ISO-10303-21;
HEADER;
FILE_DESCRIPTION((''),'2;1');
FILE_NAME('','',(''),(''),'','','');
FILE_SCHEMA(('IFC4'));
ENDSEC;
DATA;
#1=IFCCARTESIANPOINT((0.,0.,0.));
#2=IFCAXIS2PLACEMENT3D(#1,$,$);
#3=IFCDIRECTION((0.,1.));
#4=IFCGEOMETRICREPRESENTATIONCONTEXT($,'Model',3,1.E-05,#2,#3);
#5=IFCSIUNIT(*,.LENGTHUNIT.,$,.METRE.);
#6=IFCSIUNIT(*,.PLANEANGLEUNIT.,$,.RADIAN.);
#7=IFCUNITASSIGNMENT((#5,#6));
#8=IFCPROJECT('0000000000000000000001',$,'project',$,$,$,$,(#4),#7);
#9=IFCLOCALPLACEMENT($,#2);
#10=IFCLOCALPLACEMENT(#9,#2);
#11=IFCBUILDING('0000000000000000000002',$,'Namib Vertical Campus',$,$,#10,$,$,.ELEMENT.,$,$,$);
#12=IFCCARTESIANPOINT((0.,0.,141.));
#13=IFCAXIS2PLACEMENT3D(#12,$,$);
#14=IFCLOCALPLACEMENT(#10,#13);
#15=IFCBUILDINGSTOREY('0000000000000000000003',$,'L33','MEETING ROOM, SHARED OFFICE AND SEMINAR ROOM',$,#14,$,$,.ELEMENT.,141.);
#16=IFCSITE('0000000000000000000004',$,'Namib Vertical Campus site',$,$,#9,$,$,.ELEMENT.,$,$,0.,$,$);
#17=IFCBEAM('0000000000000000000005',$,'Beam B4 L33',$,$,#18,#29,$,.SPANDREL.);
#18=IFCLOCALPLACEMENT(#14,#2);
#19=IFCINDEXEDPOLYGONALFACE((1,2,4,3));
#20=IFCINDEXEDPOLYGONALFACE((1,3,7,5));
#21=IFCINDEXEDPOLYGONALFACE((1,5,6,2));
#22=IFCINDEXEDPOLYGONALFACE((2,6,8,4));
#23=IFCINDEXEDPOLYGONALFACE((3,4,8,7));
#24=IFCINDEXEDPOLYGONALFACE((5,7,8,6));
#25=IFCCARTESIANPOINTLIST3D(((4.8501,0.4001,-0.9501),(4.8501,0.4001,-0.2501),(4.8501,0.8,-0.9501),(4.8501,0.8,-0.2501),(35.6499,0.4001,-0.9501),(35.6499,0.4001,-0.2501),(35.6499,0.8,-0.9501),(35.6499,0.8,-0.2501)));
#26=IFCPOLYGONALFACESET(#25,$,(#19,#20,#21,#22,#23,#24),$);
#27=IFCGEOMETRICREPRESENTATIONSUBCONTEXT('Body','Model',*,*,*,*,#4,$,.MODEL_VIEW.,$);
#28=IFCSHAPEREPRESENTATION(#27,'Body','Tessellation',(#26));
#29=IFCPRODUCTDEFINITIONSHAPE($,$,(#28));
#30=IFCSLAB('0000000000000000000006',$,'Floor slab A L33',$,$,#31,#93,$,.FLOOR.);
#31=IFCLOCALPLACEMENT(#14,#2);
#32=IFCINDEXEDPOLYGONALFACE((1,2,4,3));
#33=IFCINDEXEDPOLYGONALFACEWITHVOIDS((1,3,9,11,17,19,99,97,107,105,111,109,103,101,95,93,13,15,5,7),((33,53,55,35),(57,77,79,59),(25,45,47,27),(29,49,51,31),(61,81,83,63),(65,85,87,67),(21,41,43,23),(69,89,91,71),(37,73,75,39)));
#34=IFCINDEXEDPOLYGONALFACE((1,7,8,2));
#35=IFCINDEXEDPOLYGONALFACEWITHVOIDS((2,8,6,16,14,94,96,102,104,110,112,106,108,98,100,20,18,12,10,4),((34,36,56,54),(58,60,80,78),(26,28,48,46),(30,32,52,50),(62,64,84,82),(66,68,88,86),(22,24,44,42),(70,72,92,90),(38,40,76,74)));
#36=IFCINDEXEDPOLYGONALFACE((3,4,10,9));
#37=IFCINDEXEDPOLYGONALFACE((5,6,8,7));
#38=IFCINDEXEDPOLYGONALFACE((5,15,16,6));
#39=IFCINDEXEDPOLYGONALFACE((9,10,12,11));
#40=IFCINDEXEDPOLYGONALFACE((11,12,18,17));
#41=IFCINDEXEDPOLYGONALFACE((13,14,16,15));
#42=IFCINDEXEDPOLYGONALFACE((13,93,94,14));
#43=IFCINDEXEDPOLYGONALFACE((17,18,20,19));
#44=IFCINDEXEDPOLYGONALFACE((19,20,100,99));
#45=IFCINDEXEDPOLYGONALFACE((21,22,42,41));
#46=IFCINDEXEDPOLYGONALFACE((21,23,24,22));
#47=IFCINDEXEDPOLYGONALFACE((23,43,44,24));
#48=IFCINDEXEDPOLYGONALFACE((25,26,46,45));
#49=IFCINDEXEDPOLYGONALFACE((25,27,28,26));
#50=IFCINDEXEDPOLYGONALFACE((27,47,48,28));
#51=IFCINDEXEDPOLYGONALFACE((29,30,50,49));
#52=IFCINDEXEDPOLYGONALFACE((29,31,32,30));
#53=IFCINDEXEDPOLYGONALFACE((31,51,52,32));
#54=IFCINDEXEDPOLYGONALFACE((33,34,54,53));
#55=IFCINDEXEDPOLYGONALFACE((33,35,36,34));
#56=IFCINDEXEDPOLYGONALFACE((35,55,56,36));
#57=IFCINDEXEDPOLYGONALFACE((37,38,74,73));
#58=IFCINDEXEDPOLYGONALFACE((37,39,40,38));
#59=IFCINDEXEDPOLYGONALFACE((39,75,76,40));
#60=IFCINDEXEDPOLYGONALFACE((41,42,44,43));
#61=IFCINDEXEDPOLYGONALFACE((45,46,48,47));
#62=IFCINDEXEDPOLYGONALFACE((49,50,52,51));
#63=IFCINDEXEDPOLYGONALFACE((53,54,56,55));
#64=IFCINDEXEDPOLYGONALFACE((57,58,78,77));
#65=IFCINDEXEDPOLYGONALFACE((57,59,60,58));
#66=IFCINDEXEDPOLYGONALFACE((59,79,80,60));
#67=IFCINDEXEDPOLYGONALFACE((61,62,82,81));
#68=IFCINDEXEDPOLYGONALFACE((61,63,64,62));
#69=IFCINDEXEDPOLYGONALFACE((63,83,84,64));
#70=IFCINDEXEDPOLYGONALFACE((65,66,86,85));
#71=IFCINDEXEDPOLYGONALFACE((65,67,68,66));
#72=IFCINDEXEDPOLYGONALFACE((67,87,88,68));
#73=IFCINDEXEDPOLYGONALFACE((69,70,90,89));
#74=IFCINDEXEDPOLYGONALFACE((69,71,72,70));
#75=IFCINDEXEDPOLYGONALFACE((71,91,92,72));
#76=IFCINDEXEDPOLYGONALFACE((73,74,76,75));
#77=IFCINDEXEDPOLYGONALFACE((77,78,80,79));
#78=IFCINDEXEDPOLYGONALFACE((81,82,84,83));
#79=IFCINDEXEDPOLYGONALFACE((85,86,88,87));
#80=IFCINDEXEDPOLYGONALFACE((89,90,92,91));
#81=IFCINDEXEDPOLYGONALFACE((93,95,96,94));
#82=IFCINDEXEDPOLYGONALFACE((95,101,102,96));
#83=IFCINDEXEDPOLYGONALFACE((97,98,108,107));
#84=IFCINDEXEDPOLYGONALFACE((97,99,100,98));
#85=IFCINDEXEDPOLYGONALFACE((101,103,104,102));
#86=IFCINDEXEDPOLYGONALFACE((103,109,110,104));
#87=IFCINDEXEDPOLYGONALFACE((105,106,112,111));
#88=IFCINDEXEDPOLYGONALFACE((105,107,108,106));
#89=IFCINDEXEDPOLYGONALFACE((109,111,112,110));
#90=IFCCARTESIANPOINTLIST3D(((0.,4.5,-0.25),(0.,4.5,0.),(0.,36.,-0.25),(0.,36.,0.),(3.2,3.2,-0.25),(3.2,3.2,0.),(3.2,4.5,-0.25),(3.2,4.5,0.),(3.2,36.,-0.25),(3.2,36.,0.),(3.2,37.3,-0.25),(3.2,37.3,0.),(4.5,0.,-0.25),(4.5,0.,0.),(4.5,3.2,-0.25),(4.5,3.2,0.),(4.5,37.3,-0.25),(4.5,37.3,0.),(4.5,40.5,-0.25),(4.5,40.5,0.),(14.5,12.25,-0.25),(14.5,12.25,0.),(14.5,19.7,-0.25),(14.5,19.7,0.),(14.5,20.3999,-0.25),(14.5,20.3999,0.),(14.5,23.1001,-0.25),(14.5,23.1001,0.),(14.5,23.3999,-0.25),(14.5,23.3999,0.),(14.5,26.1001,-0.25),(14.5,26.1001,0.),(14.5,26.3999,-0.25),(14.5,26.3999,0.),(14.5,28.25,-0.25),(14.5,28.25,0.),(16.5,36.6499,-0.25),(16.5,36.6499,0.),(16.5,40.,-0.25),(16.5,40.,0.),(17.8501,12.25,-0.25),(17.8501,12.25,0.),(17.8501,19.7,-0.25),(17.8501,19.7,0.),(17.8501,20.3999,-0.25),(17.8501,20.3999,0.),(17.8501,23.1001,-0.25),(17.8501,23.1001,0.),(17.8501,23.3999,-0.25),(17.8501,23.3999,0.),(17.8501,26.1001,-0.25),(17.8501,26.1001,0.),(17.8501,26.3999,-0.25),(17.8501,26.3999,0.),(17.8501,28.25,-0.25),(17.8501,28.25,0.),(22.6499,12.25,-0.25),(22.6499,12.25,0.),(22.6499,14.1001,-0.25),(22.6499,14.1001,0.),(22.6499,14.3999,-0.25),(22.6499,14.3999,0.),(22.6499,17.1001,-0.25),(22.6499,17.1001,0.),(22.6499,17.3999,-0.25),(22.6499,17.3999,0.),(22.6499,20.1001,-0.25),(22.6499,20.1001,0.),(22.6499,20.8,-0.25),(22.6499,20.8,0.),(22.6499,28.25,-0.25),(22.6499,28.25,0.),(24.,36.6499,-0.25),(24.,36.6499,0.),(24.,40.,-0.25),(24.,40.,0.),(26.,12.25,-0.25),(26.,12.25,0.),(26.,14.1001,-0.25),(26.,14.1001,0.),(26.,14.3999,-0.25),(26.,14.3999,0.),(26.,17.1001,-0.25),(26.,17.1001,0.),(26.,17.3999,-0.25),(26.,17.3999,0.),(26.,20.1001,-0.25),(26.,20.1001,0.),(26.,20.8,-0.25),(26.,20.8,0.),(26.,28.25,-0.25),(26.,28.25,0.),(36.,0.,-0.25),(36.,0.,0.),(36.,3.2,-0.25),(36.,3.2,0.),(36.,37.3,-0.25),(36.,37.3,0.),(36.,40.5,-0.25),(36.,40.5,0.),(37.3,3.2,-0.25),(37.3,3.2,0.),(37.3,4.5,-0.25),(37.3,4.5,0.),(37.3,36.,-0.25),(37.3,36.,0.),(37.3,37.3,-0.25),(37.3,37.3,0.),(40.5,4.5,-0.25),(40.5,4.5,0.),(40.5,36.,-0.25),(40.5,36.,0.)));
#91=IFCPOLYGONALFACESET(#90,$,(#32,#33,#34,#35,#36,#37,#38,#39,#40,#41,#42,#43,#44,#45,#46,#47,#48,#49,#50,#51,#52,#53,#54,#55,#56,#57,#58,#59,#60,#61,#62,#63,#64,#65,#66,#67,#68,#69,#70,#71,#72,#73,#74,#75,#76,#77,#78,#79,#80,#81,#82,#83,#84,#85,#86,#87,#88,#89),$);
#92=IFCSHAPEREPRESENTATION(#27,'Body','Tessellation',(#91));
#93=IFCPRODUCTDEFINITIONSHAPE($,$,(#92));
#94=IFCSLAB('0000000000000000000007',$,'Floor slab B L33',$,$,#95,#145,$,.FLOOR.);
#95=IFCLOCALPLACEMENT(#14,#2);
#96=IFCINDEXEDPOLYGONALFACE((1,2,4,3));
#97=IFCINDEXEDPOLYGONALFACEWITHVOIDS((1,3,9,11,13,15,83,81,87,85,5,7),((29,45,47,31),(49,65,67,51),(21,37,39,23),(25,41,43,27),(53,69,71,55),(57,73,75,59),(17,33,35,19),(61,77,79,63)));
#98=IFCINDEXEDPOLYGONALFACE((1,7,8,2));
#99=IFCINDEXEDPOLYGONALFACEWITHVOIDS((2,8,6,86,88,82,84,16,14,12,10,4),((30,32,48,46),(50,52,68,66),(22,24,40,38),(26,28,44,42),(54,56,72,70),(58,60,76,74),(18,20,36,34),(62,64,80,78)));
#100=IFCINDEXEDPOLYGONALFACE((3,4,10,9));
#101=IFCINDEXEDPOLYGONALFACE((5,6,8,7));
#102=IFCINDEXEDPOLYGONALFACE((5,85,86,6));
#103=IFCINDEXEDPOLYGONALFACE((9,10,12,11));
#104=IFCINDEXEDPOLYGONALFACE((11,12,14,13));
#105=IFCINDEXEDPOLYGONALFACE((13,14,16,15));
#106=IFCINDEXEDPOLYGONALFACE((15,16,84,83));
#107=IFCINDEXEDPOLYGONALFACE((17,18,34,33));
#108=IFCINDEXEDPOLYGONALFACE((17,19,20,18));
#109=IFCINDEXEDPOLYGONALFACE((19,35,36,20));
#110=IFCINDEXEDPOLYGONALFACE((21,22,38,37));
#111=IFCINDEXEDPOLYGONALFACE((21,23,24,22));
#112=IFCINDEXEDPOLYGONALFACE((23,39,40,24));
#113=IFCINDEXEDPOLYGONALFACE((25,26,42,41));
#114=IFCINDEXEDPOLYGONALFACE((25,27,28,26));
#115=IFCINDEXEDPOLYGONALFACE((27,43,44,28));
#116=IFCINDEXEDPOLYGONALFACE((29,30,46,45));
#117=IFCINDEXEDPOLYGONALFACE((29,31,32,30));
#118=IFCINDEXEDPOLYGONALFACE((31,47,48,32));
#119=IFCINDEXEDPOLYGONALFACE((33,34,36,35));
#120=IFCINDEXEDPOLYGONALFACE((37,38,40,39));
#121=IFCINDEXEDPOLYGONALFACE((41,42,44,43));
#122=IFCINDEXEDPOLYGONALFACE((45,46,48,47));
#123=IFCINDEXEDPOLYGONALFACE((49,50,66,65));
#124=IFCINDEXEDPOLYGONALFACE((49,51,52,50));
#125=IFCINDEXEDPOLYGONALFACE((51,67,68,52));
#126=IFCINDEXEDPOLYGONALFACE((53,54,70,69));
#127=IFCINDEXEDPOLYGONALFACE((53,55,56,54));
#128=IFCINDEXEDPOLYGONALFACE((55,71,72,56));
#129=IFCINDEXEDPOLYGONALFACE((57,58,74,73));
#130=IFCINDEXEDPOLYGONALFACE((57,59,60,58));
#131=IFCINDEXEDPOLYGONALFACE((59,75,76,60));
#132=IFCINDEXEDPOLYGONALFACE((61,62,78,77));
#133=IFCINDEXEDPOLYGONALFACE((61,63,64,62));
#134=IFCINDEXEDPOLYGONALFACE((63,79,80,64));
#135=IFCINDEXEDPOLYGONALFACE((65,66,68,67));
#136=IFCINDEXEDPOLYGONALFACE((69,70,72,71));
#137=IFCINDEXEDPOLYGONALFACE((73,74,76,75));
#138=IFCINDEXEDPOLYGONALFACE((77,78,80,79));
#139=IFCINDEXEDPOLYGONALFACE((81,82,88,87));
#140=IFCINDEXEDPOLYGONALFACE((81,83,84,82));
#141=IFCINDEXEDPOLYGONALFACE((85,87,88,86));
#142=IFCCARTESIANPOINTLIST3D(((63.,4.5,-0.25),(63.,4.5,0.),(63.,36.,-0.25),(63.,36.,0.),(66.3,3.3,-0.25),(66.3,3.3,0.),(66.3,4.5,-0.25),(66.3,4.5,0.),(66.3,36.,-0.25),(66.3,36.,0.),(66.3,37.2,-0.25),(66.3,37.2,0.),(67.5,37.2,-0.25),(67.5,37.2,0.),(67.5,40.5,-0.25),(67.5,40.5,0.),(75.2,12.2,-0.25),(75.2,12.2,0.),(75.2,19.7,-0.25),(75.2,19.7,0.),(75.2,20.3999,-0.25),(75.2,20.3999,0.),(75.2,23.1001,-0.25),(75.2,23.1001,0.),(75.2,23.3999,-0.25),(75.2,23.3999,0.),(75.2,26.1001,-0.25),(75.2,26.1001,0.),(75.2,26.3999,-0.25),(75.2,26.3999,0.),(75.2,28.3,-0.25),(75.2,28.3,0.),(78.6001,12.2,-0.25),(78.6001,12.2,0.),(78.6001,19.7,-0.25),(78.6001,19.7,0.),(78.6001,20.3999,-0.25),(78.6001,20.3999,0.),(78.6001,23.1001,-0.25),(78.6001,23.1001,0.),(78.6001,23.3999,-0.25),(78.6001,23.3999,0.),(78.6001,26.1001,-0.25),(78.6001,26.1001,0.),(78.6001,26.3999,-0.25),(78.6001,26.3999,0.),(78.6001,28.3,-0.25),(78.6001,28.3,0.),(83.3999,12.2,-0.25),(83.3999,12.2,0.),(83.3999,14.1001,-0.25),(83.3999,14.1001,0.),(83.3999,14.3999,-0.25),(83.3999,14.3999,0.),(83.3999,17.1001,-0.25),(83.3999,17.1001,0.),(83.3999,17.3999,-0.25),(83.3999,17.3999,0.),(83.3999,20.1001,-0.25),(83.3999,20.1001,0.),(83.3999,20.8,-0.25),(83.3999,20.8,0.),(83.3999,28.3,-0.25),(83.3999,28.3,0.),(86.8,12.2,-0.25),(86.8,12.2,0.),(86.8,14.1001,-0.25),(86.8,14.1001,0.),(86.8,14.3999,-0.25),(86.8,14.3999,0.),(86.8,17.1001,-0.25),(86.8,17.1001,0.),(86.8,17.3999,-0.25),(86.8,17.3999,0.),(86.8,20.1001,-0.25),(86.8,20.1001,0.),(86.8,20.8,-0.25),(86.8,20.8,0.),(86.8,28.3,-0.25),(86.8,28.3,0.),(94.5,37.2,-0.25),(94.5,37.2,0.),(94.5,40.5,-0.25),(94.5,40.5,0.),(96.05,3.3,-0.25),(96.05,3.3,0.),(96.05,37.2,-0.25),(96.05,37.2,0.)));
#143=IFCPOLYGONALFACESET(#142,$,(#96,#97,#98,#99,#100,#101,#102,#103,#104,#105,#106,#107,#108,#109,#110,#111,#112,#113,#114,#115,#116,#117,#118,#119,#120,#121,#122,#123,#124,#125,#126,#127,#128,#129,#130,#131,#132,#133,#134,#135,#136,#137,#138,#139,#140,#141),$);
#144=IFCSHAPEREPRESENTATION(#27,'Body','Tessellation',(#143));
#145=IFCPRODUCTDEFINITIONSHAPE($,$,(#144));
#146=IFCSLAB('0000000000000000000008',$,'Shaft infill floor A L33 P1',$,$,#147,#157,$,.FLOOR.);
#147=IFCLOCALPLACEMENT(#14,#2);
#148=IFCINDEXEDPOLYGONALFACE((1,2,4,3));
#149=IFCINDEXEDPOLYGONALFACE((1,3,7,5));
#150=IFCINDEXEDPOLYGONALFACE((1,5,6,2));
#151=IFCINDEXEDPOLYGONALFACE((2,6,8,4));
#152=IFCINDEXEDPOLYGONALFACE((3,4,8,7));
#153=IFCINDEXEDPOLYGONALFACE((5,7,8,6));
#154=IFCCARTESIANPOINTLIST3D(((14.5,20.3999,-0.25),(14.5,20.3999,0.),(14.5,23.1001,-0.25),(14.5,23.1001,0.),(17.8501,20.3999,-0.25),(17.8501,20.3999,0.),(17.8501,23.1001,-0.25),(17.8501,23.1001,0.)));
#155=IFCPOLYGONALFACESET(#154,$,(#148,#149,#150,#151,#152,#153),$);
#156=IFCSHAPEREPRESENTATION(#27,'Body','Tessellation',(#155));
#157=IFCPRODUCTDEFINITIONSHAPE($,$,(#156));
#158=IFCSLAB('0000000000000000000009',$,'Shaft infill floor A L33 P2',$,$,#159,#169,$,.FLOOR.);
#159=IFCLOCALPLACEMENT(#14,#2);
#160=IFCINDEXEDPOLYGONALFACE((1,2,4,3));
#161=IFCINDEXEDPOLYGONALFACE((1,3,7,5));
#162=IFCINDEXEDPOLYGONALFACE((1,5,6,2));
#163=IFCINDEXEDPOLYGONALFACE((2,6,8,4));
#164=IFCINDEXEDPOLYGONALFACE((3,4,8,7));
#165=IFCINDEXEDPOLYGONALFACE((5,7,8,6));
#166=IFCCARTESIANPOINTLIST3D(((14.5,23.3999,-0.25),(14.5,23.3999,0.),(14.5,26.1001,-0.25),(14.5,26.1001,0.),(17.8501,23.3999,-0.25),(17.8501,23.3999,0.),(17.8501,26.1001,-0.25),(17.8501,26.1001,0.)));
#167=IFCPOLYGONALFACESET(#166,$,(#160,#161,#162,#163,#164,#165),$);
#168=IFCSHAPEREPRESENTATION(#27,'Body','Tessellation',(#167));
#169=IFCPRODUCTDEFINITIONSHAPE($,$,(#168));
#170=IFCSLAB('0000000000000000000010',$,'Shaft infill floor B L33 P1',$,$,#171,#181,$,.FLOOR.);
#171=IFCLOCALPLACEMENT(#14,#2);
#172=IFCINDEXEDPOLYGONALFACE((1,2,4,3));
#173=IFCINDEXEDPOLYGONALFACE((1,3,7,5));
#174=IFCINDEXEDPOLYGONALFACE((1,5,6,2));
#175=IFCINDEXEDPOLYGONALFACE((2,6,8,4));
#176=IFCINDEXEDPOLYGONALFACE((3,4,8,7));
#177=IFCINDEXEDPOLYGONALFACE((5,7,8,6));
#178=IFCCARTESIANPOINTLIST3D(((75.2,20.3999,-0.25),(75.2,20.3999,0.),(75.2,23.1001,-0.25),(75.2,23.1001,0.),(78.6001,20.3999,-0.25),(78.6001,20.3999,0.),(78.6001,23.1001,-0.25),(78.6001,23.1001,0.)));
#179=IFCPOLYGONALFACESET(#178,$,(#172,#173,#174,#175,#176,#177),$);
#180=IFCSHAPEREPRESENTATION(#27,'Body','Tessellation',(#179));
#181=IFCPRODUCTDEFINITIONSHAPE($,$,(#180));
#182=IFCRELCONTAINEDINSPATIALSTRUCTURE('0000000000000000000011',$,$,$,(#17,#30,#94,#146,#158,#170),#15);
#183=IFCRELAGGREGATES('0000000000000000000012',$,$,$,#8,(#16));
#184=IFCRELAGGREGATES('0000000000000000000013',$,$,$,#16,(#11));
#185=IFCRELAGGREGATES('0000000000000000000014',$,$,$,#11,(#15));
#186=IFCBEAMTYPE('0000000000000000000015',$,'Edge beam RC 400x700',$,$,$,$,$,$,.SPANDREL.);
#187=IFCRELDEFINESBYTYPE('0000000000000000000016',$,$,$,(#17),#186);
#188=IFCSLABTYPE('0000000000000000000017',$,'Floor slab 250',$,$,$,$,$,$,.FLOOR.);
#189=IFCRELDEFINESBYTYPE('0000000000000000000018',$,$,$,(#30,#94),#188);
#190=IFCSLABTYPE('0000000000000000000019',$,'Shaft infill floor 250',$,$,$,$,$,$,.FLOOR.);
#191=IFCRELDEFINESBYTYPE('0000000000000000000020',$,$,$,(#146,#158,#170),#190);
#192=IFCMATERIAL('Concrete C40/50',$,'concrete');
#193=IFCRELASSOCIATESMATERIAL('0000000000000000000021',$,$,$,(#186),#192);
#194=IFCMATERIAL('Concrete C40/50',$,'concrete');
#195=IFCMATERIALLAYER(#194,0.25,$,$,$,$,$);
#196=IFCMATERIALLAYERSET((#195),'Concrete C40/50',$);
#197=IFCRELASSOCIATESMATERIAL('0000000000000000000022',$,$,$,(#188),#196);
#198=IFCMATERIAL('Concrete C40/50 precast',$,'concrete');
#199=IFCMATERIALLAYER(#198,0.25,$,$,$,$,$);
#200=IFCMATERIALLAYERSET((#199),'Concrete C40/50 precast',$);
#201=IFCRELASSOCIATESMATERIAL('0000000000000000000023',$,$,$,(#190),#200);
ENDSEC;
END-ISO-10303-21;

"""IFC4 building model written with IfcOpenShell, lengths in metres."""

from ifc_helpers import new_model, si_unit, direction, frame, origin, origin_2d, place, context, subcontext, project, spatial, polyline, rectangle, outline, extrude, material, layer, layer_set, material_profile, profile_set, type_object, element, save


model = new_model("IFC4")

# Units and contexts
model_context = context("Model", 3, precision=1e-05, world=origin(), true_north=direction((0.0, 1.0)))
body_context = subcontext(model_context, "Body", "Model", "MODEL_VIEW")
ifc_project = project(units=[si_unit("LENGTHUNIT", "METRE"), si_unit("PLANEANGLEUNIT", "RADIAN")], contexts=[model_context])

# Site, building, storey
site_placement = place(None, origin())
site = spatial("IfcSite", under=ifc_project, at=site_placement, Name="Namib Vertical Campus site", CompositionType="ELEMENT", RefElevation=0.0)
building_placement = place(site_placement, origin())
building = spatial("IfcBuilding", under=site, at=building_placement, Name="Namib Vertical Campus", CompositionType="ELEMENT")
storey_placement = place(building_placement, frame((0.0, 0.0, 141.0)))
storey = spatial("IfcBuildingStorey", under=building, at=storey_placement, Name="L33", Description="MEETING ROOM, SHARED OFFICE AND SEMINAR ROOM", CompositionType="ELEMENT", Elevation=141.0)

# Beam
ifc_material_1 = material(Name="Concrete C40/50", Category="concrete")
ifc_material_profile = material_profile(ifc_material_1, rectangle(XDim=0.3999, YDim=0.7, at=origin_2d()))
ifc_profile_set = profile_set([ifc_material_profile], Name="Concrete C40/50")
beam_type = type_object("IfcBeamType", Name="Edge beam RC 400x700", PredefinedType="SPANDREL", material=ifc_profile_set)
beam_placement = place(storey_placement, frame((4.8501, 0.6001, -0.6001), z_axis=(1.0, 0.0, 0.0), x_axis=(0.0, 1.0, 0.0)))
element("IfcBeam", 1, at=beam_placement, inside=storey, type_object=beam_type, Name="Beam B4 L33", PredefinedType="SPANDREL", context=body_context, shape_type="SweptSolid", body=[
    extrude(rectangle(XDim=0.3999, YDim=0.7, at=origin_2d()), origin(), (0.0, 0.0, 1.0), 30.7998),
])

# Slabs
ifc_material_2 = material(Name="Concrete C40/50", Category="concrete")
ifc_layer_1 = layer(ifc_material_2, 0.25)
ifc_layer_set_1 = layer_set([ifc_layer_1], Name="Concrete C40/50")
slab_type_1 = type_object("IfcSlabType", Name="Floor slab 250", PredefinedType="FLOOR", material=ifc_layer_set_1)
slab_1_placement = place(storey_placement, frame((0.0, 0.0, -0.25)))
element("IfcSlab", 2, at=slab_1_placement, inside=storey, type_object=slab_type_1, Name="Floor slab A L33", PredefinedType="FLOOR", context=body_context, shape_type="SweptSolid", body=[
    extrude(outline(polyline([(4.5, 0.0), (36.0, 0.0), (36.0, 3.2), (37.3, 3.2), (37.3, 4.5), (40.5, 4.5), (40.5, 36.0), (37.3, 36.0), (37.3, 37.3), (36.0, 37.3), (36.0, 40.5), (4.5, 40.5), (4.5, 37.3), (3.2, 37.3), (3.2, 36.0), (0.0, 36.0), (0.0, 4.5), (3.2, 4.5), (3.2, 3.2), (4.5, 3.2), (4.5, 0.0)]), holes=[polyline([(14.5, 12.25), (17.8501, 12.25), (17.8501, 19.7), (14.5, 19.7), (14.5, 12.25)]), polyline([(22.6499, 20.8), (26.0, 20.8), (26.0, 28.25), (22.6499, 28.25), (22.6499, 20.8)]), polyline([(22.6499, 12.25), (26.0, 12.25), (26.0, 14.1001), (22.6499, 14.1001), (22.6499, 12.25)]), polyline([(14.5, 20.3999), (17.8501, 20.3999), (17.8501, 23.1001), (14.5, 23.1001), (14.5, 20.3999)]), polyline([(14.5, 23.3999), (17.8501, 23.3999), (17.8501, 26.1001), (14.5, 26.1001), (14.5, 23.3999)]), polyline([(14.5, 26.3999), (17.8501, 26.3999), (17.8501, 28.25), (14.5, 28.25), (14.5, 26.3999)]), polyline([(22.6499, 14.3999), (26.0, 14.3999), (26.0, 17.1001), (22.6499, 17.1001), (22.6499, 14.3999)]), polyline([(22.6499, 17.3999), (26.0, 17.3999), (26.0, 20.1001), (22.6499, 20.1001), (22.6499, 17.3999)]), polyline([(16.5, 36.6499), (24.0, 36.6499), (24.0, 40.0), (16.5, 40.0), (16.5, 36.6499)])]), origin(), (0.0, 0.0, 1.0), 0.25),
])
slab_2_placement = place(storey_placement, frame((0.0, 0.0, -0.25)))
element("IfcSlab", 3, at=slab_2_placement, inside=storey, type_object=slab_type_1, Name="Floor slab B L33", PredefinedType="FLOOR", context=body_context, shape_type="SweptSolid", body=[
    extrude(outline(polyline([(63.0, 4.5), (66.3, 4.5), (66.3, 3.3), (96.05, 3.3), (96.05, 37.2), (94.5, 37.2), (94.5, 40.5), (67.5, 40.5), (67.5, 37.2), (66.3, 37.2), (66.3, 36.0), (63.0, 36.0), (63.0, 4.5)]), holes=[polyline([(75.2, 12.2), (78.6001, 12.2), (78.6001, 19.7), (75.2, 19.7), (75.2, 12.2)]), polyline([(83.3999, 20.8), (86.8, 20.8), (86.8, 28.3), (83.3999, 28.3), (83.3999, 20.8)]), polyline([(83.3999, 12.2), (86.8, 12.2), (86.8, 14.1001), (83.3999, 14.1001), (83.3999, 12.2)]), polyline([(75.2, 20.3999), (78.6001, 20.3999), (78.6001, 23.1001), (75.2, 23.1001), (75.2, 20.3999)]), polyline([(75.2, 23.3999), (78.6001, 23.3999), (78.6001, 26.1001), (75.2, 26.1001), (75.2, 23.3999)]), polyline([(75.2, 26.3999), (78.6001, 26.3999), (78.6001, 28.3), (75.2, 28.3), (75.2, 26.3999)]), polyline([(83.3999, 14.3999), (86.8, 14.3999), (86.8, 17.1001), (83.3999, 17.1001), (83.3999, 14.3999)]), polyline([(83.3999, 17.3999), (86.8, 17.3999), (86.8, 20.1001), (83.3999, 20.1001), (83.3999, 17.3999)])]), origin(), (0.0, 0.0, 1.0), 0.25),
])
ifc_material_3 = material(Name="Concrete C40/50 precast", Category="concrete")
ifc_layer_2 = layer(ifc_material_3, 0.25)
ifc_layer_set_2 = layer_set([ifc_layer_2], Name="Concrete C40/50 precast")
slab_type_2 = type_object("IfcSlabType", Name="Shaft infill floor 250", PredefinedType="FLOOR", material=ifc_layer_set_2)
slab_3_placement = place(storey_placement, frame((0.0, 0.0, -0.25)))
element("IfcSlab", 4, at=slab_3_placement, inside=storey, type_object=slab_type_2, Name="Shaft infill floor A L33 P1", PredefinedType="FLOOR", context=body_context, shape_type="SweptSolid", body=[
    extrude(outline(polyline([(14.5, 20.3999), (17.8501, 20.3999), (17.8501, 23.1001), (14.5, 23.1001), (14.5, 20.3999)])), origin(), (0.0, 0.0, 1.0), 0.25),
])
slab_4_placement = place(storey_placement, frame((0.0, 0.0, -0.25)))
element("IfcSlab", 5, at=slab_4_placement, inside=storey, type_object=slab_type_2, Name="Shaft infill floor A L33 P2", PredefinedType="FLOOR", context=body_context, shape_type="SweptSolid", body=[
    extrude(outline(polyline([(14.5, 23.3999), (17.8501, 23.3999), (17.8501, 26.1001), (14.5, 26.1001), (14.5, 23.3999)])), origin(), (0.0, 0.0, 1.0), 0.25),
])
slab_5_placement = place(storey_placement, frame((0.0, 0.0, -0.25)))
element("IfcSlab", 6, at=slab_5_placement, inside=storey, type_object=slab_type_2, Name="Shaft infill floor B L33 P1", PredefinedType="FLOOR", context=body_context, shape_type="SweptSolid", body=[
    extrude(outline(polyline([(75.2, 20.3999), (78.6001, 20.3999), (78.6001, 23.1001), (75.2, 23.1001), (75.2, 20.3999)])), origin(), (0.0, 0.0, 1.0), 0.25),
])

save(model, "model.ifc")
